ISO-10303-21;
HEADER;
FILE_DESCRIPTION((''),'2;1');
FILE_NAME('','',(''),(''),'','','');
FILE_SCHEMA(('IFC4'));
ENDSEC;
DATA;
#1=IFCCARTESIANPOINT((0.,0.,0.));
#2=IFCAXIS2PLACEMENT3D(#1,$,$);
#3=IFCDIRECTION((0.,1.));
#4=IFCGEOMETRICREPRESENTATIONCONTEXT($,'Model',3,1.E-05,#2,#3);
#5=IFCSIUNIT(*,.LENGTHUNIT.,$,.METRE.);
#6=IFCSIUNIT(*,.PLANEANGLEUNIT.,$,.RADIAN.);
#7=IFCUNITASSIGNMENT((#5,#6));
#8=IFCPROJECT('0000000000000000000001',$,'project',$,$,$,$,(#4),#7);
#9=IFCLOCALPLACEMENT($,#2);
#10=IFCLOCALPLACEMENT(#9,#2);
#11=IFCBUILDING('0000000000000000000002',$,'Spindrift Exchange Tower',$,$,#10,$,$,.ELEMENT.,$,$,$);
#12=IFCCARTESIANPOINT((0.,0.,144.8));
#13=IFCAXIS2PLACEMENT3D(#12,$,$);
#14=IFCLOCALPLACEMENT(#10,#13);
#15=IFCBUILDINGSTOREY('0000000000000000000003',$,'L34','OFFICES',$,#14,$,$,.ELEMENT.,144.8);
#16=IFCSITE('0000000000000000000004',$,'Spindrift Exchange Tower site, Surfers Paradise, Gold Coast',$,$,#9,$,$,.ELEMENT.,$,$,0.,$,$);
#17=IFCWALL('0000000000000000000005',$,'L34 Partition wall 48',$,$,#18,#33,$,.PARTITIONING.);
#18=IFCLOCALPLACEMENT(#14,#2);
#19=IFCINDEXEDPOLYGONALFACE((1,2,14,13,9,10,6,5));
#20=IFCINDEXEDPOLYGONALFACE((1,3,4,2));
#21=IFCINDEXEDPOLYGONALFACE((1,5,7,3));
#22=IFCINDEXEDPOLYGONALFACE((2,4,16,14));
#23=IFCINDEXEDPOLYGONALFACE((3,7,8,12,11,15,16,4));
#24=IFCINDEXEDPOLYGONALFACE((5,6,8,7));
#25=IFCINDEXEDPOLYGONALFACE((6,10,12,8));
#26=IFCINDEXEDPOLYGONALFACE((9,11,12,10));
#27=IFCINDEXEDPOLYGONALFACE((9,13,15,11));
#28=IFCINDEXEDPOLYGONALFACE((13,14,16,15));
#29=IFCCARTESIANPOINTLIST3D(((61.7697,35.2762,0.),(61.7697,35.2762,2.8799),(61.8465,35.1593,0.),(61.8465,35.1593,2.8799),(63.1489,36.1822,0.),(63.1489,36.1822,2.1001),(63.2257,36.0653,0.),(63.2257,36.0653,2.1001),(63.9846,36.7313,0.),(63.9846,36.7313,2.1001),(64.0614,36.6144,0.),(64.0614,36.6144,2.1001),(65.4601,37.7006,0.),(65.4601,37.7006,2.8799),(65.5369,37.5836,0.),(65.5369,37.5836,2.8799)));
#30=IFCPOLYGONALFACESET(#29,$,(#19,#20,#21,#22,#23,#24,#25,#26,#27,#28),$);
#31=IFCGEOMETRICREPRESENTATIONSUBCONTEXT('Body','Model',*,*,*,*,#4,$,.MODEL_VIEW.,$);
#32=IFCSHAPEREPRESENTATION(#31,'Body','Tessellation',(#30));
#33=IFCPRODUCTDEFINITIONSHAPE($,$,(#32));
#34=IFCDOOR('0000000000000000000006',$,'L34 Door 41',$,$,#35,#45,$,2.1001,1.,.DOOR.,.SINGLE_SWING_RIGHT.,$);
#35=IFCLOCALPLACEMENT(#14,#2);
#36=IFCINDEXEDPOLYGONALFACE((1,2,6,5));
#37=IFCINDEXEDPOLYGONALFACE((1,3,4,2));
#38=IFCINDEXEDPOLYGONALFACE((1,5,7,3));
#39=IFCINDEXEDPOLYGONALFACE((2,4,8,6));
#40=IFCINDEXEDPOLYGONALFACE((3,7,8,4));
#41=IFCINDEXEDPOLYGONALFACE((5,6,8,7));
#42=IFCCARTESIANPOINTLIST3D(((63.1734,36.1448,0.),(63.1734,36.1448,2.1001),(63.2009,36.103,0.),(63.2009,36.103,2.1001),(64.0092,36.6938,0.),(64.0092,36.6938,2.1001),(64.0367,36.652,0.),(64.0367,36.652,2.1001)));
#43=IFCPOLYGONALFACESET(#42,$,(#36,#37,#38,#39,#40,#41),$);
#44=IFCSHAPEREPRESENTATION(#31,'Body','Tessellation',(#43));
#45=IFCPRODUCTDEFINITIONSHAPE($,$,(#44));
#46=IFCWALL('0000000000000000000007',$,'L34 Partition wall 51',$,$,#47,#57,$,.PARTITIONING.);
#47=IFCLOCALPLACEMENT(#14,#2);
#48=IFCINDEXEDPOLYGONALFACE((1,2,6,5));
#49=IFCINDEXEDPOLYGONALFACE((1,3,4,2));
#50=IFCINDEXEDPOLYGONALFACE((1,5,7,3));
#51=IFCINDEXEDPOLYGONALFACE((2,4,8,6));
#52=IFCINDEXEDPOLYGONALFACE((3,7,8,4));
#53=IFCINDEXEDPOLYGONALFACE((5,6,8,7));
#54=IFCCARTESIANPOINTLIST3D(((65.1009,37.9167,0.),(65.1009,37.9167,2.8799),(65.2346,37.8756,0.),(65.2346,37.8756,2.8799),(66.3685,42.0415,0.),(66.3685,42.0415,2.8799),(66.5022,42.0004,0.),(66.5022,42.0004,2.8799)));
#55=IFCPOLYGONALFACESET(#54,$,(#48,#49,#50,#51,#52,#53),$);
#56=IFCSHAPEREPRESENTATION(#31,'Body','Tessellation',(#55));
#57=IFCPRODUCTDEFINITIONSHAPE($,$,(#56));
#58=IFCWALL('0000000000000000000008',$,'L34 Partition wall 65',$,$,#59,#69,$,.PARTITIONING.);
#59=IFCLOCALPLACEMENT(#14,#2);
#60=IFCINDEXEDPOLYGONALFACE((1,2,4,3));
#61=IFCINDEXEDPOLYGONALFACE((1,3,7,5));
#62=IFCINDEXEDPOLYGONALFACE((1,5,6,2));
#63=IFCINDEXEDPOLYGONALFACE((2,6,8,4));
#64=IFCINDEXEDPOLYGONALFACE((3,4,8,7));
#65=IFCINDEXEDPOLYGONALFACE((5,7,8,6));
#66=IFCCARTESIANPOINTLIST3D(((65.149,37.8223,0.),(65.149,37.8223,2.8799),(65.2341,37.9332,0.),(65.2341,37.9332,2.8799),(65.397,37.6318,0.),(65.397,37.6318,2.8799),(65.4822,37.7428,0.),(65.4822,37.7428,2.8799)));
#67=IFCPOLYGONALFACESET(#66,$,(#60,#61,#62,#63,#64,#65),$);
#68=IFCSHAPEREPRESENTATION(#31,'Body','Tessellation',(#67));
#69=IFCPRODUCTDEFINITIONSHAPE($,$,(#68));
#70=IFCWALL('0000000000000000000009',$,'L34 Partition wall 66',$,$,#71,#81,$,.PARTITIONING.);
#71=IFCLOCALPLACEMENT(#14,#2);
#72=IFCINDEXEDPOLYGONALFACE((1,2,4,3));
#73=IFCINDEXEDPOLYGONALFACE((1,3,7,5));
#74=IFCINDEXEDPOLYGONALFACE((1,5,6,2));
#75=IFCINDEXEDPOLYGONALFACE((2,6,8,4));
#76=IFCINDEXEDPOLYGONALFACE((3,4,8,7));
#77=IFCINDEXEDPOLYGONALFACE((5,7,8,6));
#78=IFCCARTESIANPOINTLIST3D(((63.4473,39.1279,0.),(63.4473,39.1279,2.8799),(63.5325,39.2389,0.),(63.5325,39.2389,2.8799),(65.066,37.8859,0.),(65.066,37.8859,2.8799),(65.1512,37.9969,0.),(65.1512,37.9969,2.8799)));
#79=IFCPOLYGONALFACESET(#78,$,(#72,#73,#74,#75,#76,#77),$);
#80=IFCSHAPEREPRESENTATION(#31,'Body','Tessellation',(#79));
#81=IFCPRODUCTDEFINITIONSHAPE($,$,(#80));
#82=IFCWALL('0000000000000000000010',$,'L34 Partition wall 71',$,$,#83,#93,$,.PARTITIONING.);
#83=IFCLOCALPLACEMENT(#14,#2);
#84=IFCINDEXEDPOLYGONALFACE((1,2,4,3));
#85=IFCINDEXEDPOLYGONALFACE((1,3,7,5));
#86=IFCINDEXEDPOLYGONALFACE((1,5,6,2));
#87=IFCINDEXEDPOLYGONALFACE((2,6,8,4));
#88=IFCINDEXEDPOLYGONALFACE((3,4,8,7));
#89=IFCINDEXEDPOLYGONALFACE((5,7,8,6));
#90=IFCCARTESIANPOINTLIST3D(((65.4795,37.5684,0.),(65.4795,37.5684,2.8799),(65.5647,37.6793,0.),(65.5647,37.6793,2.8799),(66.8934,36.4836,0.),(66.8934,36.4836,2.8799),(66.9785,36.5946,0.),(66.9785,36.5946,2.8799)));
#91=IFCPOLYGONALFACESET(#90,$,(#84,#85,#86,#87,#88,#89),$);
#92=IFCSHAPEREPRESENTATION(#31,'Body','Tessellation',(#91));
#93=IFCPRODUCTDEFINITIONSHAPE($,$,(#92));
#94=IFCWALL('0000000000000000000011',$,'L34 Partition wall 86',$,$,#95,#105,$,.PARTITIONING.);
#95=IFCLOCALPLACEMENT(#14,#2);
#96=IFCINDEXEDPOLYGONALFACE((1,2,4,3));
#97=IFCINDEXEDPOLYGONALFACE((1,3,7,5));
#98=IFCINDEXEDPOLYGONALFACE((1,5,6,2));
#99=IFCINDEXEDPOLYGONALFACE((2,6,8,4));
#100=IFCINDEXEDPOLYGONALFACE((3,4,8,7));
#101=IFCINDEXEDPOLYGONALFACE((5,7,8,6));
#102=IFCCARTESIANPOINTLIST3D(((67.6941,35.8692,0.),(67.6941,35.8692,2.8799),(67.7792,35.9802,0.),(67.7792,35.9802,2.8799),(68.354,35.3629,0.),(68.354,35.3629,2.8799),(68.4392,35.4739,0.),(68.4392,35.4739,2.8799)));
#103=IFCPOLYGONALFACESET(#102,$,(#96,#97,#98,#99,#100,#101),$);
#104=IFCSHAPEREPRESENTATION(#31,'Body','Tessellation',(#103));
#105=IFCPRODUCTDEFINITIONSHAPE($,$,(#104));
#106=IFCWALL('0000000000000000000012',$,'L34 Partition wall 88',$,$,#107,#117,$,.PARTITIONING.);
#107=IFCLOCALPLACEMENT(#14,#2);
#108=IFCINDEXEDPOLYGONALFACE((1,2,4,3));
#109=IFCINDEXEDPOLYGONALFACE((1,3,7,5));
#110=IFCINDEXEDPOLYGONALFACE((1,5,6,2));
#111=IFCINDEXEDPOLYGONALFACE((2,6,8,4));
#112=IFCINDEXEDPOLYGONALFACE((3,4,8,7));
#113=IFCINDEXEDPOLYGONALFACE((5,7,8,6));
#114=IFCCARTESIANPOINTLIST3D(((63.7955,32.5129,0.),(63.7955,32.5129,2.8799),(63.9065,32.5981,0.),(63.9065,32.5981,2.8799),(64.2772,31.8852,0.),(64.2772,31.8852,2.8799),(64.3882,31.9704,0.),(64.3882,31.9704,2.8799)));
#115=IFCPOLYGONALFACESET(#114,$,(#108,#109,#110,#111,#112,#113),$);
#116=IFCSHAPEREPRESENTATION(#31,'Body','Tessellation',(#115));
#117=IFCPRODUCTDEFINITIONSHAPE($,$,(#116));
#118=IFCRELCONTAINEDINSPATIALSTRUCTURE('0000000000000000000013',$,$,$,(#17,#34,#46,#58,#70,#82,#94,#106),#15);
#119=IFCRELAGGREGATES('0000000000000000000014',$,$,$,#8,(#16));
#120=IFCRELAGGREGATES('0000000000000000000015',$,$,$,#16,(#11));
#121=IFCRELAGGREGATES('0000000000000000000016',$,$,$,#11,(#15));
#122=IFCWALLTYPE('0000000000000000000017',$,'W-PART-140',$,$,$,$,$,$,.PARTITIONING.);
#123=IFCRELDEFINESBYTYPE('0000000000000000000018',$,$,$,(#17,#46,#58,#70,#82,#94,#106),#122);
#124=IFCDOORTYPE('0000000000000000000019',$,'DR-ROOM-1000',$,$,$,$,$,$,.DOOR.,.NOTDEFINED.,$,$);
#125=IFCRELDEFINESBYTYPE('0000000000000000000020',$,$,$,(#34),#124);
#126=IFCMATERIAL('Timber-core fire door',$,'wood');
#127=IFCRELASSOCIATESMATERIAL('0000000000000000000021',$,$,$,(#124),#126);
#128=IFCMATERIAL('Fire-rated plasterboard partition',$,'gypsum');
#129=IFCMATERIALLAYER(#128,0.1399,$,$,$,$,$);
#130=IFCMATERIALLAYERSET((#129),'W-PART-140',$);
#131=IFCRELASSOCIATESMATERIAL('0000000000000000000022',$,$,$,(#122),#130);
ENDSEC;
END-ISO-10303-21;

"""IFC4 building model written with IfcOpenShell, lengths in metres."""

from ifc_helpers import new_model, si_unit, direction, frame, frame_2d, origin, place, context, subcontext, project, spatial, rectangle, extrude, source, transform, mapped, material, layer, layer_set, type_object, element, fill, save


model = new_model("IFC4")

# Units and contexts
model_context = context("Model", 3, precision=1e-05, world=origin(), true_north=direction((0.0, 1.0)))
body_context = subcontext(model_context, "Body", "Model", "MODEL_VIEW")
ifc_project = project(units=[si_unit("LENGTHUNIT", "METRE"), si_unit("PLANEANGLEUNIT", "RADIAN")], contexts=[model_context])

# Site, building, storey
site_placement = place(None, origin())
site = spatial("IfcSite", under=ifc_project, at=site_placement, Name="Spindrift Exchange Tower site, Surfers Paradise, Gold Coast", CompositionType="ELEMENT", RefElevation=0.0)
building_placement = place(site_placement, origin())
building = spatial("IfcBuilding", under=site, at=building_placement, Name="Spindrift Exchange Tower", CompositionType="ELEMENT")
storey_placement = place(building_placement, frame((0.0, 0.0, 144.8)))
storey = spatial("IfcBuildingStorey", under=building, at=storey_placement, Name="L34", Description="OFFICES", CompositionType="ELEMENT", Elevation=144.8)

# Shared definitions
ifc_material_1 = material(Name="Fire-rated plasterboard partition", Category="gypsum")
ifc_material_2 = material(Name="Timber-core fire door", Category="wood")
door_type = type_object("IfcDoorType", Name="DR-ROOM-1000", OperationType="NOTDEFINED", PredefinedType="DOOR", material=ifc_material_2)
shared_shape_1 = source(origin(), body_context, "Body", "SweptSolid", [
    extrude(rectangle(XDim=1.0, YDim=2.1001, at=frame_2d((0.5, 1.05))), frame((0.0, 0.0249, 0.0), z_axis=(0.0, -1.0, 0.0), x_axis=(1.0, 0.0, 0.0)), (0.0, 0.0, 1.0), 0.05),
])

# Wall, opening, door
ifc_layer_1 = layer(ifc_material_1, 0.1399)
ifc_layer_set_1 = layer_set([ifc_layer_1], Name="W-PART-140")
wall_type_1 = type_object("IfcWallType", Name="W-PART-140", PredefinedType="PARTITIONING", material=ifc_layer_set_1)
wall_1_placement = place(storey_placement, frame((65.4985, 37.6421, 0.0), z_axis=(0.0, 0.0, 1.0), x_axis=(-0.835791, -0.549048, 0.0)))
wall_1 = element("IfcWall", 1, at=wall_1_placement, inside=storey, type_object=wall_type_1, Name="L34 Partition wall 48", PredefinedType="PARTITIONING", context=body_context, shape_type="SweptSolid", body=[
    extrude(rectangle(XDim=4.4155, YDim=0.1399, at=frame_2d((2.2078, 0.0))), origin(), (0.0, 0.0, 1.0), 2.8799),
])
opening_1_placement = place(wall_1_placement, frame((1.7654, 0.0, 0.0)))
opening_1 = element("IfcOpeningElement", 2, at=opening_1_placement, cuts=wall_1, PredefinedType="OPENING", context=body_context, shape_type="SweptSolid", body=[
    extrude(rectangle(XDim=1.0, YDim=2.1001, at=frame_2d((0.5, 1.05))), frame((0.0, 0.0798, 0.0), z_axis=(0.0, -1.0, 0.0), x_axis=(1.0, 0.0, 0.0)), (0.0, 0.0, 1.0), 0.1599),
])
door_1_placement = place(opening_1_placement, origin())
door_1 = element("IfcDoor", 3, at=door_1_placement, inside=storey, type_object=door_type, Name="L34 Door 41", OperationType="SINGLE_SWING_RIGHT", OverallHeight=2.1001, OverallWidth=1.0, PredefinedType="DOOR", context=body_context, shape_type="MappedRepresentation", body=[
    mapped(shared_shape_1, transform((0.0, 0.0, 0.0), scale=1.0)),
])
fill(opening_1, door_1)

# Walls
wall_2_placement = place(storey_placement, frame((65.1677, 37.896, 0.0), z_axis=(0.0, 0.0, 1.0), x_axis=(0.293752, 0.955882, 0.0)))
element("IfcWall", 4, at=wall_2_placement, inside=storey, type_object=wall_type_1, Name="L34 Partition wall 51", PredefinedType="PARTITIONING", context=body_context, shape_type="SweptSolid", body=[
    extrude(rectangle(XDim=4.3152, YDim=0.1399, at=frame_2d((2.1577, 0.0))), origin(), (0.0, 0.0, 1.0), 2.8799),
])
wall_3_placement = place(storey_placement, frame((65.1917, 37.8777, 0.0), z_axis=(0.0, 0.0, 1.0), x_axis=(0.793204, -0.608956, 0.0)))
element("IfcWall", 5, at=wall_3_placement, inside=storey, type_object=wall_type_1, Name="L34 Partition wall 65", PredefinedType="PARTITIONING", context=body_context, shape_type="SweptSolid", body=[
    extrude(rectangle(XDim=0.3127, YDim=0.1399, at=frame_2d((0.1562, 0.0))), origin(), (0.0, 0.0, 1.0), 2.8799),
])
wall_4_placement = place(storey_placement, frame((63.49, 39.1833, 0.0), z_axis=(0.0, 0.0, 1.0), x_axis=(0.793375, -0.608733, 0.0)))
element("IfcWall", 6, at=wall_4_placement, inside=storey, type_object=wall_type_1, Name="L34 Partition wall 66", PredefinedType="PARTITIONING", context=body_context, shape_type="SweptSolid", body=[
    extrude(rectangle(XDim=2.0403, YDim=0.1399, at=frame_2d((1.02, 0.0))), origin(), (0.0, 0.0, 1.0), 2.8799),
])
wall_5_placement = place(storey_placement, frame((66.936, 36.5391, 0.0), z_axis=(0.0, 0.0, 1.0), x_axis=(-0.793392, 0.608711, 0.0)))
element("IfcWall", 7, at=wall_5_placement, inside=storey, type_object=wall_type_1, Name="L34 Partition wall 71", PredefinedType="PARTITIONING", context=body_context, shape_type="SweptSolid", body=[
    extrude(rectangle(XDim=1.782, YDim=0.1399, at=frame_2d((0.8911, 0.0))), origin(), (0.0, 0.0, 1.0), 2.8799),
])
wall_6_placement = place(storey_placement, frame((67.7366, 35.9248, 0.0), z_axis=(0.0, 0.0, 1.0), x_axis=(0.793365, -0.608746, 0.0)))
element("IfcWall", 8, at=wall_6_placement, inside=storey, type_object=wall_type_1, Name="L34 Partition wall 86", PredefinedType="PARTITIONING", context=body_context, shape_type="SweptSolid", body=[
    extrude(rectangle(XDim=0.8318, YDim=0.1399, at=frame_2d((0.416, 0.0))), origin(), (0.0, 0.0, 1.0), 2.8799),
])
wall_7_placement = place(storey_placement, frame((63.8511, 32.5554, 0.0), z_axis=(0.0, 0.0, 1.0), x_axis=(0.608801, -0.793323, 0.0)))
element("IfcWall", 9, at=wall_7_placement, inside=storey, type_object=wall_type_1, Name="L34 Partition wall 88", PredefinedType="PARTITIONING", context=body_context, shape_type="SweptSolid", body=[
    extrude(rectangle(XDim=0.7913, YDim=0.1399, at=frame_2d((0.3955, 0.0))), origin(), (0.0, 0.0, 1.0), 2.8799),
])

save(model, "model.ifc")
